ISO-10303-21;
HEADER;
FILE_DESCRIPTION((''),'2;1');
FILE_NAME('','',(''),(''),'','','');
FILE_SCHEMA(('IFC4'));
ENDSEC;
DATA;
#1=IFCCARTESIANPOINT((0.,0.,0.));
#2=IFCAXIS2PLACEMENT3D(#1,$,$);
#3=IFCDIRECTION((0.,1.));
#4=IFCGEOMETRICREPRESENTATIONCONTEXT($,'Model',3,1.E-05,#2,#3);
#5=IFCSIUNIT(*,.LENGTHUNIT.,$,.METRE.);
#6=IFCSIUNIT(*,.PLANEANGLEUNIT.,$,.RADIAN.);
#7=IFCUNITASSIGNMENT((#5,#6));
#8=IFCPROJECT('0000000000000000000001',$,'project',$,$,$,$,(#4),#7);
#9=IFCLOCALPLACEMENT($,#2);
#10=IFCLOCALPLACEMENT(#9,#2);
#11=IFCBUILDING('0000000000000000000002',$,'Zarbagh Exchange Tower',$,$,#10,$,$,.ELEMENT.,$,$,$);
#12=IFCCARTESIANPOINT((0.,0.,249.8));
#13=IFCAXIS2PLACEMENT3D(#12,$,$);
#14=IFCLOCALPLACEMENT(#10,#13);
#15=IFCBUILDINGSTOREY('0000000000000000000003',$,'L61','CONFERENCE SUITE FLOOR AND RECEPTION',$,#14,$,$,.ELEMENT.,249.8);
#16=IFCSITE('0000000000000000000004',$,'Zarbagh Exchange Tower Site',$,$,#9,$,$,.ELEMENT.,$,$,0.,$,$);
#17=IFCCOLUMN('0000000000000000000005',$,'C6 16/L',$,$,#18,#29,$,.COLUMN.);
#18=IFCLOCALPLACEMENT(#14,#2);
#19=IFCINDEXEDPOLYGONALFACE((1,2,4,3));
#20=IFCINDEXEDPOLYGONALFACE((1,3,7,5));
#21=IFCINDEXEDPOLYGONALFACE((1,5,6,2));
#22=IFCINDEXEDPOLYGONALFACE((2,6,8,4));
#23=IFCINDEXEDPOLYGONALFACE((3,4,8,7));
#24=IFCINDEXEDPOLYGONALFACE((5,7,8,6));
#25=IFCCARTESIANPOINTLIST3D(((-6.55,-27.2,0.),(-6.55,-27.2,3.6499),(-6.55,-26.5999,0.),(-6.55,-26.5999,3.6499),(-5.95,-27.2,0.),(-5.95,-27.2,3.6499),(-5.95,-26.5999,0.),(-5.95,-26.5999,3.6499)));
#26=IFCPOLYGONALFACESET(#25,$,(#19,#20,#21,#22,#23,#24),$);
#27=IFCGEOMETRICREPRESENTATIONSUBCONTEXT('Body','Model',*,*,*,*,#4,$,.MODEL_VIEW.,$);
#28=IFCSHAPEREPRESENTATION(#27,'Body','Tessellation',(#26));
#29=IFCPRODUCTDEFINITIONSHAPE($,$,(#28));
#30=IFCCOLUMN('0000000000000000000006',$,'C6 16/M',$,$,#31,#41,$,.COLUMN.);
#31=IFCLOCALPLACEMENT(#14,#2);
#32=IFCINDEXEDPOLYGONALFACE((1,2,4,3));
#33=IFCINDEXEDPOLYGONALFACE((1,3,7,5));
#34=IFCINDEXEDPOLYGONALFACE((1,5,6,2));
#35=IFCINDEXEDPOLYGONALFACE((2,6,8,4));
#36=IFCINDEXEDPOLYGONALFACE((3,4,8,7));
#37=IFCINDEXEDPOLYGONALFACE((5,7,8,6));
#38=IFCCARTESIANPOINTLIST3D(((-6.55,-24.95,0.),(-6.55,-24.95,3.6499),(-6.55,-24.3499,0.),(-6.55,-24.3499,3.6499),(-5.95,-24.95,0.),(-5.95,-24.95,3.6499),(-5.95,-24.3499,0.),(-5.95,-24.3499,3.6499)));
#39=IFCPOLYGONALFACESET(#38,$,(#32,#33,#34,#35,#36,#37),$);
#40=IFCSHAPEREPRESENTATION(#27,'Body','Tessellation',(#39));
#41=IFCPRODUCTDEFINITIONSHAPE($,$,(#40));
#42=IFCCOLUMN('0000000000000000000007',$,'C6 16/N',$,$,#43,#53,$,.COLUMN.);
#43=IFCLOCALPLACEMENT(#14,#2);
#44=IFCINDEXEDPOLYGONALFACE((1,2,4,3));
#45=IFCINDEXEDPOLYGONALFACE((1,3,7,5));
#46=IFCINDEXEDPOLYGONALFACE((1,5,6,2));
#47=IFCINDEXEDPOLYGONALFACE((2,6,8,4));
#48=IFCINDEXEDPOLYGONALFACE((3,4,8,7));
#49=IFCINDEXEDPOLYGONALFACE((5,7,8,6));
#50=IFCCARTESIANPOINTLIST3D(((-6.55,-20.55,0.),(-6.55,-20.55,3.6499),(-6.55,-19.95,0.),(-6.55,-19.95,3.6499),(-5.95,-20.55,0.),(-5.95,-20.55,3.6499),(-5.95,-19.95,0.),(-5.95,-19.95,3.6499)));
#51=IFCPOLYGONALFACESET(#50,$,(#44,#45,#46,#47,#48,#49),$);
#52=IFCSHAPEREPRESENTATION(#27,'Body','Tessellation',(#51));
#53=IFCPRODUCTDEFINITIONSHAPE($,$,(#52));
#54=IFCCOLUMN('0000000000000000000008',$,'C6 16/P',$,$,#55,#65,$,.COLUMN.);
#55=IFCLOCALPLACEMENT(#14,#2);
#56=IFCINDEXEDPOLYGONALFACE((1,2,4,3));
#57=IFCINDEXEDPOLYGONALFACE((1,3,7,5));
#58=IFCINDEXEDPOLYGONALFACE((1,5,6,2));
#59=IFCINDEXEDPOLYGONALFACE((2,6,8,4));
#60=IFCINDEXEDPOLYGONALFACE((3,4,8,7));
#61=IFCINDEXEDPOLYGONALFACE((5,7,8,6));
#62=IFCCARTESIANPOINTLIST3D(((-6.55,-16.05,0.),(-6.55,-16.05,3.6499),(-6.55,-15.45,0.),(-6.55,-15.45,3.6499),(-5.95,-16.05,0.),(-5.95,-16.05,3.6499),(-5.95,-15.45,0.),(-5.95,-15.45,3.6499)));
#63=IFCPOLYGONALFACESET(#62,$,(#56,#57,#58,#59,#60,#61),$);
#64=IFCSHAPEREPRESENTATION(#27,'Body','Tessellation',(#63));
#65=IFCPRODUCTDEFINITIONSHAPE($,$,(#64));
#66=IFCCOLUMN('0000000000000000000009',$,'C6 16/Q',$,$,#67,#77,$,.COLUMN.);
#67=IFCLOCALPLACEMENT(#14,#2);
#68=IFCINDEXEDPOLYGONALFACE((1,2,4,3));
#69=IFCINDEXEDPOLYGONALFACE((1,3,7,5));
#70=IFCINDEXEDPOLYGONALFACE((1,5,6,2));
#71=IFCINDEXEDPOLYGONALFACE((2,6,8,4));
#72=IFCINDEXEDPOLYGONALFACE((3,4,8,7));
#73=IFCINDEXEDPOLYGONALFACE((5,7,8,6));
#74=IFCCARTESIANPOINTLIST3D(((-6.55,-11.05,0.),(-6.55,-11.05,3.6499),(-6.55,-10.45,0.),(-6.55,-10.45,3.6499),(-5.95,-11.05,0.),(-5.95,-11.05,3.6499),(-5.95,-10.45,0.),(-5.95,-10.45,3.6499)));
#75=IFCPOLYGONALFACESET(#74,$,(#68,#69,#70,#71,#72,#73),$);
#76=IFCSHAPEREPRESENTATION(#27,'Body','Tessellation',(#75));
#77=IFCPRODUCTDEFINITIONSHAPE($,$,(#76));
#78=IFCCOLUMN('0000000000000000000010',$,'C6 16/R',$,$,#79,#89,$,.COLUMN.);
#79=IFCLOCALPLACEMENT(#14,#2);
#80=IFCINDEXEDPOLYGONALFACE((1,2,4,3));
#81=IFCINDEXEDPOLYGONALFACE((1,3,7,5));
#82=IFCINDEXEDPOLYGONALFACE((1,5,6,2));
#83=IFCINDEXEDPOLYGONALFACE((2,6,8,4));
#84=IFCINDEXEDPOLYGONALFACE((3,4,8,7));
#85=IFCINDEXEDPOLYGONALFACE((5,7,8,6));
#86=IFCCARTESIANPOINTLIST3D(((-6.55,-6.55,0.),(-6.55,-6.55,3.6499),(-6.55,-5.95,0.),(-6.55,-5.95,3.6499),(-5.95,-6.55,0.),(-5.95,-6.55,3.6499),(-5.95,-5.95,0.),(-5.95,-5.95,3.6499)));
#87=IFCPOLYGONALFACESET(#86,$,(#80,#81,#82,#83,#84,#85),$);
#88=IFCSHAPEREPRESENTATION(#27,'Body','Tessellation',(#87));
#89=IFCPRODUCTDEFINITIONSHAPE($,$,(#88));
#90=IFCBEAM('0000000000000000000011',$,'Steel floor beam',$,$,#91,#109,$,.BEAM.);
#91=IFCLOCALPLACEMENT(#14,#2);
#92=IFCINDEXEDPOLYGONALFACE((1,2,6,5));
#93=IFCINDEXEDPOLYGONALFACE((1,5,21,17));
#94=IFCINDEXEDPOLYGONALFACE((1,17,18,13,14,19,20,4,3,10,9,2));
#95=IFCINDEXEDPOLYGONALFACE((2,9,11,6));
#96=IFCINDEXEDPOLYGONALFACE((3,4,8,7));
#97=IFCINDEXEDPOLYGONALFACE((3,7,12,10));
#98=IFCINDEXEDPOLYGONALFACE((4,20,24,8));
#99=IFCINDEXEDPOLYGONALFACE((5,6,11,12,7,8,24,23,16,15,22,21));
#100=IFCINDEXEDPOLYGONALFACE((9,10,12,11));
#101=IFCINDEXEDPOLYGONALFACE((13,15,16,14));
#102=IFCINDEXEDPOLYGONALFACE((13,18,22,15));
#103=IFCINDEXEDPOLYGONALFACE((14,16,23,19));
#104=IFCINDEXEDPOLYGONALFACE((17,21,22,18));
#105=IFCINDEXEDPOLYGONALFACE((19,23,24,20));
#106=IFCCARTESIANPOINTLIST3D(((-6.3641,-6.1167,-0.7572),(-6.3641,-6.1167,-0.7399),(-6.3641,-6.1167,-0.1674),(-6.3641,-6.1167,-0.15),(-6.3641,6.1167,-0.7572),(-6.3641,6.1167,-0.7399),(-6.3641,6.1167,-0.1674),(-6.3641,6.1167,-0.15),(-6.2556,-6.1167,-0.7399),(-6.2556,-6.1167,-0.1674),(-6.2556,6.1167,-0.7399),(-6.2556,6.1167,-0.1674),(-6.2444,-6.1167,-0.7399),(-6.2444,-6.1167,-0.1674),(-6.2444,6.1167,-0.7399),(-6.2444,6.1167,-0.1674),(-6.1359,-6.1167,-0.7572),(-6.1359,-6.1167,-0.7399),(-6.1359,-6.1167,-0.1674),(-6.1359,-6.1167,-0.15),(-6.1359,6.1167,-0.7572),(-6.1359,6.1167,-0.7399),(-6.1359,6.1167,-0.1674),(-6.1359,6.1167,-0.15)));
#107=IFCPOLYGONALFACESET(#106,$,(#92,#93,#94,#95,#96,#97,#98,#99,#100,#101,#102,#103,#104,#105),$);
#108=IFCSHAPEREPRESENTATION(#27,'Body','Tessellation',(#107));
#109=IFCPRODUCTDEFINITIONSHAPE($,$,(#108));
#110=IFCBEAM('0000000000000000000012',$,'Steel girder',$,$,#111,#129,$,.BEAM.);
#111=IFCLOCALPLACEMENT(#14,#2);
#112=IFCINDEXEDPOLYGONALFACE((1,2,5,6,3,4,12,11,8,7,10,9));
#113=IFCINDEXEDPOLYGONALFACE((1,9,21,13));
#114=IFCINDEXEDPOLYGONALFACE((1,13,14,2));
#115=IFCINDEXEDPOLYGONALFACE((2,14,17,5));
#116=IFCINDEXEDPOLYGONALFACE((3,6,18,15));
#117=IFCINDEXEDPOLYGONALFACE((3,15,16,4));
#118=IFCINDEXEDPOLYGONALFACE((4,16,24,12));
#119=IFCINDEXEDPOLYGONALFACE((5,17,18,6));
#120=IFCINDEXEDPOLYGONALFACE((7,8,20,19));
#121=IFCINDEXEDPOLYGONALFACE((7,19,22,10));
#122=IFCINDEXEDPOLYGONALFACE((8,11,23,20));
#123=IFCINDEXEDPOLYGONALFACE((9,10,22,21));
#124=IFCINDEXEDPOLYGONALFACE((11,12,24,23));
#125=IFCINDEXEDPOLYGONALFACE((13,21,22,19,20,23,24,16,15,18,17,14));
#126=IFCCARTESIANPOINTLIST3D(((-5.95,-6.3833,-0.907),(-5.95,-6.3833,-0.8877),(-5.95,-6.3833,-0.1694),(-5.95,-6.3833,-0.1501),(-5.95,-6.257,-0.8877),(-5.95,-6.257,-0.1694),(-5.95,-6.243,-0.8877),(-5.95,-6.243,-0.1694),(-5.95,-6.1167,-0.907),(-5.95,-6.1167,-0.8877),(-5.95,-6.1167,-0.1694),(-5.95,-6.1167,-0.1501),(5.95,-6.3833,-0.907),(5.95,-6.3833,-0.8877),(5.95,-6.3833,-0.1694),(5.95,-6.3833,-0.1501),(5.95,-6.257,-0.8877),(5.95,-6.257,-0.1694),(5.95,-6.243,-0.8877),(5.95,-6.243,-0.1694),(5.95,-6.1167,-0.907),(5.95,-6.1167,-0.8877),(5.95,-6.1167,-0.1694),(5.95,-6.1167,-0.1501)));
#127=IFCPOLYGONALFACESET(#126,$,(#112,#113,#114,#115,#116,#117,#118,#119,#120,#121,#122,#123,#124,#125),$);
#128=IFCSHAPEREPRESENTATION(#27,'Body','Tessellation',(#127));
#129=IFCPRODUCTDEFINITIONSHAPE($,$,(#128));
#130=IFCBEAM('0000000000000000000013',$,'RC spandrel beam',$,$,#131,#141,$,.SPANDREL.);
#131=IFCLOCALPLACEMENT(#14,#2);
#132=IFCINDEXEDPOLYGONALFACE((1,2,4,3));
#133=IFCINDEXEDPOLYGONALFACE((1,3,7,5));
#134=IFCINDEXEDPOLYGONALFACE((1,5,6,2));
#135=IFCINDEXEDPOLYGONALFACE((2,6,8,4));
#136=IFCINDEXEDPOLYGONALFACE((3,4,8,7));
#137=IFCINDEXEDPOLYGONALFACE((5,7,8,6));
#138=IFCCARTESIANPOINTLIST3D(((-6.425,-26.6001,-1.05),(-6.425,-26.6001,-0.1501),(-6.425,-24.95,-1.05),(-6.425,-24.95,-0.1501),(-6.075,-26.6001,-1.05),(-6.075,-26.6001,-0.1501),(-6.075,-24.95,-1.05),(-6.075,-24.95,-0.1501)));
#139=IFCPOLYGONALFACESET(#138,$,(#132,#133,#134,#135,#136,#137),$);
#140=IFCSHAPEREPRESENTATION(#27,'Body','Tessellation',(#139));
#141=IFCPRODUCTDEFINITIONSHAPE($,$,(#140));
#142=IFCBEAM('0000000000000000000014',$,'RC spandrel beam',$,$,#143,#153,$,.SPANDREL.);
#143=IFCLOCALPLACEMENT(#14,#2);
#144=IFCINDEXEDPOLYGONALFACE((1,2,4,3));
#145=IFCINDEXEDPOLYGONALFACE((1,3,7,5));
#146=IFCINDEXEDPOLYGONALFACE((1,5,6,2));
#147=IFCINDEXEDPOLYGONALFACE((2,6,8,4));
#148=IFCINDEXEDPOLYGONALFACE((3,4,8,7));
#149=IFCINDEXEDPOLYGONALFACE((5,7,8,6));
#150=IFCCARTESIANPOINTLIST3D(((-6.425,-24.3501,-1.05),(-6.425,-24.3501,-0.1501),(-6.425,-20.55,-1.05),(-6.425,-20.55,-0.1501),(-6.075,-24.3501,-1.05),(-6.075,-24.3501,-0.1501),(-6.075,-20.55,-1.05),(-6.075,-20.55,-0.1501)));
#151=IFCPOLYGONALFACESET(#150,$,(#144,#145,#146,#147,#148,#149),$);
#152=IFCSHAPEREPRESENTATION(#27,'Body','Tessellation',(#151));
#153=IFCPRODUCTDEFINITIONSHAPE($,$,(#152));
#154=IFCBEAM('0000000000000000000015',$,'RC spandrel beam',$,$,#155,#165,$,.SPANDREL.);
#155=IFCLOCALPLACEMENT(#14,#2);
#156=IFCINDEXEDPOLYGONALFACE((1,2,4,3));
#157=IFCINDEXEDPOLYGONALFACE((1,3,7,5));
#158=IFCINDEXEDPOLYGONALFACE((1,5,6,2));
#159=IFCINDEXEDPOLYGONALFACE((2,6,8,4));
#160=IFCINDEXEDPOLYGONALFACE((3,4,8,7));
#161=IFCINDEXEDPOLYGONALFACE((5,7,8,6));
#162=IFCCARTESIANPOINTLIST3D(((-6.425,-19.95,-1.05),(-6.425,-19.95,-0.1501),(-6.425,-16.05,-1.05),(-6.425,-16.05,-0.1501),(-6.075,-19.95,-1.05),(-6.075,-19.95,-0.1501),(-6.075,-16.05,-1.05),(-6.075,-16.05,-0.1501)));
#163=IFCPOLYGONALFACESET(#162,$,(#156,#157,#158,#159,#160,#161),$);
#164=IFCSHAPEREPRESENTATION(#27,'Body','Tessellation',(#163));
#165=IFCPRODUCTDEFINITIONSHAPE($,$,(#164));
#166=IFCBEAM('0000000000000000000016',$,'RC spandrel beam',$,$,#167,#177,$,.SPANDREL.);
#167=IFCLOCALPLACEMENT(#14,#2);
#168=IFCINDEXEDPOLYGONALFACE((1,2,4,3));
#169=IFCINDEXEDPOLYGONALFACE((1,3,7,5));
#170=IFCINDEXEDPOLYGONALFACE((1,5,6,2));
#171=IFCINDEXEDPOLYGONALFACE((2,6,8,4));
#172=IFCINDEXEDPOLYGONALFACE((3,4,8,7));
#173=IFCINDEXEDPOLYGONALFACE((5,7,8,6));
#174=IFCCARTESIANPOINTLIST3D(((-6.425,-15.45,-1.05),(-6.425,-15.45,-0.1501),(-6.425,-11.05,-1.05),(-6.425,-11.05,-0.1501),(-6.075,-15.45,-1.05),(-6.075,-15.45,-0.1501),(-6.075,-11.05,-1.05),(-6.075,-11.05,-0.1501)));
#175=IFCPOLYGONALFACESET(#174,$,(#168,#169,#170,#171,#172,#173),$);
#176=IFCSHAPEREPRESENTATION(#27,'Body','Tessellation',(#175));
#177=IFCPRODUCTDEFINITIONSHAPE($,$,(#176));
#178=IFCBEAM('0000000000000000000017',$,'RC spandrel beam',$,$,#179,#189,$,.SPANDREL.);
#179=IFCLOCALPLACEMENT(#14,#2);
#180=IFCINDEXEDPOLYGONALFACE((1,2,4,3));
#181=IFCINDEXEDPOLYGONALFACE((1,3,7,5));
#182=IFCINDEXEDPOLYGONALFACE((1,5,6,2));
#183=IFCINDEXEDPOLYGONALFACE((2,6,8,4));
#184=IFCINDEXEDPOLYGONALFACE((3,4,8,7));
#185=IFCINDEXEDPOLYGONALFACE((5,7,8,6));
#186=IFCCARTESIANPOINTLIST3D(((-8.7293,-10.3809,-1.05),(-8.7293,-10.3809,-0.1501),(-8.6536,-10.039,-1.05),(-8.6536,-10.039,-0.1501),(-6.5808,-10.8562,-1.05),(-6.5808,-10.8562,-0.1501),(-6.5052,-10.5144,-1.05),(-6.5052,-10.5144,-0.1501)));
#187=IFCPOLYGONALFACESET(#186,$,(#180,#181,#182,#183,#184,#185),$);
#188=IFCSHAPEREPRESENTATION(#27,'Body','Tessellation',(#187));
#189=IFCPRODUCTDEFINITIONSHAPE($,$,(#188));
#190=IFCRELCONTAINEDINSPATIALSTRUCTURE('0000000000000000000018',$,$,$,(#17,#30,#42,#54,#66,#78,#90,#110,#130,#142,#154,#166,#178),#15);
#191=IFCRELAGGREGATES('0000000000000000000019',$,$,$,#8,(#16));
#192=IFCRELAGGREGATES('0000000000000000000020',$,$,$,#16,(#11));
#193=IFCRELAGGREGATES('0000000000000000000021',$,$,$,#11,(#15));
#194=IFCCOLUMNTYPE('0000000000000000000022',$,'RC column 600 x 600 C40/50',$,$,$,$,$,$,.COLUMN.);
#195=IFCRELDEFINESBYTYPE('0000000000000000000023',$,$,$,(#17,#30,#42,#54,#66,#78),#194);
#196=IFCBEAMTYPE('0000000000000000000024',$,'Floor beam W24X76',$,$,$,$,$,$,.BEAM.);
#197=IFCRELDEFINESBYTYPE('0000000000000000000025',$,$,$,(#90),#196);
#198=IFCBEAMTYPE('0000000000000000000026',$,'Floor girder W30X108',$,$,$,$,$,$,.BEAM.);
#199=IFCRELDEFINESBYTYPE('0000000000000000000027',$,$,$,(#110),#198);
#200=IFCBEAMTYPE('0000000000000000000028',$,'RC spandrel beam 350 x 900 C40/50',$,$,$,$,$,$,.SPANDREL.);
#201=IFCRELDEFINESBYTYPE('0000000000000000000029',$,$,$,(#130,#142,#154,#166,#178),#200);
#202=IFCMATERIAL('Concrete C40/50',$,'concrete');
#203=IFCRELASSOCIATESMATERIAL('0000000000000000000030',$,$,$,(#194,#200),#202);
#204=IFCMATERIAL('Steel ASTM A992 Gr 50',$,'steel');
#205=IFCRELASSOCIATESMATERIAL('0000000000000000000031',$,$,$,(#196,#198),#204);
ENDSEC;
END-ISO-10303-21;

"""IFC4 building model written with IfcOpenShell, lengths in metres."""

from ifc_helpers import new_model, si_unit, direction, frame, origin, origin_2d, place, context, subcontext, project, spatial, rectangle, i_section, extrude, material, material_profile, profile_set, type_object, element, save


model = new_model("IFC4")

# Units and contexts
model_context = context("Model", 3, precision=1e-05, world=origin(), true_north=direction((0.0, 1.0)))
body_context = subcontext(model_context, "Body", "Model", "MODEL_VIEW")
ifc_project = project(units=[si_unit("LENGTHUNIT", "METRE"), si_unit("PLANEANGLEUNIT", "RADIAN")], contexts=[model_context])

# Site, building, storey
site_placement = place(None, origin())
site = spatial("IfcSite", under=ifc_project, at=site_placement, Name="Zarbagh Exchange Tower Site", CompositionType="ELEMENT", RefElevation=0.0)
building_placement = place(site_placement, origin())
building = spatial("IfcBuilding", under=site, at=building_placement, Name="Zarbagh Exchange Tower", CompositionType="ELEMENT")
storey_placement = place(building_placement, frame((0.0, 0.0, 249.8)))
storey = spatial("IfcBuildingStorey", under=building, at=storey_placement, Name="L61", Description="CONFERENCE SUITE FLOOR AND RECEPTION", CompositionType="ELEMENT", Elevation=249.8)

# Columns
ifc_material_1 = material(Name="Concrete C40/50", Category="concrete")
ifc_material_profile_1 = material_profile(ifc_material_1, rectangle(XDim=0.6001, YDim=0.6001, at=origin_2d()), Name="RC column 600 x 600 C40/50")
ifc_profile_set_1 = profile_set([ifc_material_profile_1], Name="Concrete C40/50")
column_type = type_object("IfcColumnType", Name="RC column 600 x 600 C40/50", PredefinedType="COLUMN", material=ifc_profile_set_1)
for number, where, z_axis, x_axis, name in (
    (1, (-6.25, -26.8999, 0.0), (0.0, 0.0, 1.0), (1.0, 0.0, 0.0), "C6 16/L"),
    (2, (-6.25, -24.6499, 0.0), (0.0, 0.0, 1.0), (1.0, 0.0, 0.0), "C6 16/M"),
    (3, (-6.25, -20.25, 0.0), (0.0, 0.0, 1.0), (1.0, 0.0, 0.0), "C6 16/N"),
    (4, (-6.25, -15.75, 0.0), (0.0, 0.0, 1.0), (1.0, 0.0, 0.0), "C6 16/P"),
    (5, (-6.25, -10.75, 0.0), (0.0, 0.0, 1.0), (1.0, 0.0, 0.0), "C6 16/Q"),
    (6, (-6.25, -6.25, 0.0), (0.0, 0.0, 1.0), (1.0, 0.0, 0.0), "C6 16/R"),
):
    element("IfcColumn", number, at=place(storey_placement, frame(where, z_axis=z_axis, x_axis=x_axis)), inside=storey, type_object=column_type, Name=name, PredefinedType="COLUMN", context=body_context, shape_type="SweptSolid", body=[
        extrude(rectangle(XDim=0.6001, YDim=0.6001, at=origin_2d()), origin(), (0.0, 0.0, 1.0), 3.6499),
    ])

# Beams
ifc_material_2 = material(Name="Steel ASTM A992 Gr 50", Category="steel")
ifc_material_profile_2 = material_profile(ifc_material_2, i_section(OverallWidth=0.2283, OverallDepth=0.6072, WebThickness=0.0112, FlangeThickness=0.0173, at=origin_2d()), Name="W24X76")
ifc_profile_set_2 = profile_set([ifc_material_profile_2], Name="Steel ASTM A992 Gr 50")
beam_type_1 = type_object("IfcBeamType", Name="Floor beam W24X76", PredefinedType="BEAM", material=ifc_profile_set_2)
beam_1_placement = place(storey_placement, frame((-6.25, -6.1167, -0.4536), z_axis=(0.0, 1.0, 0.0), x_axis=(-1.0, 0.0, 0.0)))
element("IfcBeam", 7, at=beam_1_placement, inside=storey, type_object=beam_type_1, Name="Steel floor beam", PredefinedType="BEAM", context=body_context, shape_type="SweptSolid", body=[
    extrude(i_section(OverallWidth=0.2283, OverallDepth=0.6072, WebThickness=0.0112, FlangeThickness=0.0173, at=origin_2d()), origin(), (0.0, 0.0, 1.0), 12.2334),
])
ifc_material_profile_3 = material_profile(ifc_material_2, i_section(OverallWidth=0.2666, OverallDepth=0.7568, WebThickness=0.0139, FlangeThickness=0.0193, at=origin_2d()), Name="W30X108")
ifc_profile_set_3 = profile_set([ifc_material_profile_3], Name="Steel ASTM A992 Gr 50")
beam_type_2 = type_object("IfcBeamType", Name="Floor girder W30X108", PredefinedType="BEAM", material=ifc_profile_set_3)
beam_2_placement = place(storey_placement, frame((-5.95, -6.25, -0.5286), z_axis=(1.0, 0.0, 0.0), x_axis=(0.0, 1.0, 0.0)))
element("IfcBeam", 8, at=beam_2_placement, inside=storey, type_object=beam_type_2, Name="Steel girder", PredefinedType="BEAM", context=body_context, shape_type="SweptSolid", body=[
    extrude(i_section(OverallWidth=0.2666, OverallDepth=0.7568, WebThickness=0.0139, FlangeThickness=0.0193, at=origin_2d()), origin(), (0.0, 0.0, 1.0), 11.8999),
])
ifc_material_profile_4 = material_profile(ifc_material_1, rectangle(XDim=0.3501, YDim=0.8999, at=origin_2d()), Name="RC spandrel beam 350 x 900 C40/50")
ifc_profile_set_4 = profile_set([ifc_material_profile_4], Name="Concrete C40/50")
beam_type_3 = type_object("IfcBeamType", Name="RC spandrel beam 350 x 900 C40/50", PredefinedType="SPANDREL", material=ifc_profile_set_4)
beam_3_placement = place(storey_placement, frame((-6.25, -26.6001, -0.6001), z_axis=(0.0, 1.0, 0.0), x_axis=(-1.0, 0.0, 0.0)))
element("IfcBeam", 9, at=beam_3_placement, inside=storey, type_object=beam_type_3, Name="RC spandrel beam", PredefinedType="SPANDREL", context=body_context, shape_type="SweptSolid", body=[
    extrude(rectangle(XDim=0.3501, YDim=0.8999, at=origin_2d()), origin(), (0.0, 0.0, 1.0), 1.6501),
])
beam_4_placement = place(storey_placement, frame((-6.25, -24.3501, -0.6001), z_axis=(0.0, 1.0, 0.0), x_axis=(-1.0, 0.0, 0.0)))
element("IfcBeam", 10, at=beam_4_placement, inside=storey, type_object=beam_type_3, Name="RC spandrel beam", PredefinedType="SPANDREL", context=body_context, shape_type="SweptSolid", body=[
    extrude(rectangle(XDim=0.3501, YDim=0.8999, at=origin_2d()), origin(), (0.0, 0.0, 1.0), 3.8),
])
beam_5_placement = place(storey_placement, frame((-6.25, -19.95, -0.6001), z_axis=(0.0, 1.0, 0.0), x_axis=(-1.0, 0.0, 0.0)))
element("IfcBeam", 11, at=beam_5_placement, inside=storey, type_object=beam_type_3, Name="RC spandrel beam", PredefinedType="SPANDREL", context=body_context, shape_type="SweptSolid", body=[
    extrude(rectangle(XDim=0.3501, YDim=0.8999, at=origin_2d()), origin(), (0.0, 0.0, 1.0), 3.8999),
])
beam_6_placement = place(storey_placement, frame((-6.25, -15.45, -0.6001), z_axis=(0.0, 1.0, 0.0), x_axis=(-1.0, 0.0, 0.0)))
element("IfcBeam", 12, at=beam_6_placement, inside=storey, type_object=beam_type_3, Name="RC spandrel beam", PredefinedType="SPANDREL", context=body_context, shape_type="SweptSolid", body=[
    extrude(rectangle(XDim=0.3501, YDim=0.8999, at=origin_2d()), origin(), (0.0, 0.0, 1.0), 4.3999),
])
beam_7_placement = place(storey_placement, frame((-6.543, -10.6853, -0.6001), z_axis=(-0.976388, 0.216026, 0.0), x_axis=(-0.216026, -0.976388, 0.0)))
element("IfcBeam", 13, at=beam_7_placement, inside=storey, type_object=beam_type_3, Name="RC spandrel beam", PredefinedType="SPANDREL", context=body_context, shape_type="SweptSolid", body=[
    extrude(rectangle(XDim=0.3501, YDim=0.8999, at=origin_2d()), origin(), (0.0, 0.0, 1.0), 2.2004),
])

save(model, "model.ifc")
